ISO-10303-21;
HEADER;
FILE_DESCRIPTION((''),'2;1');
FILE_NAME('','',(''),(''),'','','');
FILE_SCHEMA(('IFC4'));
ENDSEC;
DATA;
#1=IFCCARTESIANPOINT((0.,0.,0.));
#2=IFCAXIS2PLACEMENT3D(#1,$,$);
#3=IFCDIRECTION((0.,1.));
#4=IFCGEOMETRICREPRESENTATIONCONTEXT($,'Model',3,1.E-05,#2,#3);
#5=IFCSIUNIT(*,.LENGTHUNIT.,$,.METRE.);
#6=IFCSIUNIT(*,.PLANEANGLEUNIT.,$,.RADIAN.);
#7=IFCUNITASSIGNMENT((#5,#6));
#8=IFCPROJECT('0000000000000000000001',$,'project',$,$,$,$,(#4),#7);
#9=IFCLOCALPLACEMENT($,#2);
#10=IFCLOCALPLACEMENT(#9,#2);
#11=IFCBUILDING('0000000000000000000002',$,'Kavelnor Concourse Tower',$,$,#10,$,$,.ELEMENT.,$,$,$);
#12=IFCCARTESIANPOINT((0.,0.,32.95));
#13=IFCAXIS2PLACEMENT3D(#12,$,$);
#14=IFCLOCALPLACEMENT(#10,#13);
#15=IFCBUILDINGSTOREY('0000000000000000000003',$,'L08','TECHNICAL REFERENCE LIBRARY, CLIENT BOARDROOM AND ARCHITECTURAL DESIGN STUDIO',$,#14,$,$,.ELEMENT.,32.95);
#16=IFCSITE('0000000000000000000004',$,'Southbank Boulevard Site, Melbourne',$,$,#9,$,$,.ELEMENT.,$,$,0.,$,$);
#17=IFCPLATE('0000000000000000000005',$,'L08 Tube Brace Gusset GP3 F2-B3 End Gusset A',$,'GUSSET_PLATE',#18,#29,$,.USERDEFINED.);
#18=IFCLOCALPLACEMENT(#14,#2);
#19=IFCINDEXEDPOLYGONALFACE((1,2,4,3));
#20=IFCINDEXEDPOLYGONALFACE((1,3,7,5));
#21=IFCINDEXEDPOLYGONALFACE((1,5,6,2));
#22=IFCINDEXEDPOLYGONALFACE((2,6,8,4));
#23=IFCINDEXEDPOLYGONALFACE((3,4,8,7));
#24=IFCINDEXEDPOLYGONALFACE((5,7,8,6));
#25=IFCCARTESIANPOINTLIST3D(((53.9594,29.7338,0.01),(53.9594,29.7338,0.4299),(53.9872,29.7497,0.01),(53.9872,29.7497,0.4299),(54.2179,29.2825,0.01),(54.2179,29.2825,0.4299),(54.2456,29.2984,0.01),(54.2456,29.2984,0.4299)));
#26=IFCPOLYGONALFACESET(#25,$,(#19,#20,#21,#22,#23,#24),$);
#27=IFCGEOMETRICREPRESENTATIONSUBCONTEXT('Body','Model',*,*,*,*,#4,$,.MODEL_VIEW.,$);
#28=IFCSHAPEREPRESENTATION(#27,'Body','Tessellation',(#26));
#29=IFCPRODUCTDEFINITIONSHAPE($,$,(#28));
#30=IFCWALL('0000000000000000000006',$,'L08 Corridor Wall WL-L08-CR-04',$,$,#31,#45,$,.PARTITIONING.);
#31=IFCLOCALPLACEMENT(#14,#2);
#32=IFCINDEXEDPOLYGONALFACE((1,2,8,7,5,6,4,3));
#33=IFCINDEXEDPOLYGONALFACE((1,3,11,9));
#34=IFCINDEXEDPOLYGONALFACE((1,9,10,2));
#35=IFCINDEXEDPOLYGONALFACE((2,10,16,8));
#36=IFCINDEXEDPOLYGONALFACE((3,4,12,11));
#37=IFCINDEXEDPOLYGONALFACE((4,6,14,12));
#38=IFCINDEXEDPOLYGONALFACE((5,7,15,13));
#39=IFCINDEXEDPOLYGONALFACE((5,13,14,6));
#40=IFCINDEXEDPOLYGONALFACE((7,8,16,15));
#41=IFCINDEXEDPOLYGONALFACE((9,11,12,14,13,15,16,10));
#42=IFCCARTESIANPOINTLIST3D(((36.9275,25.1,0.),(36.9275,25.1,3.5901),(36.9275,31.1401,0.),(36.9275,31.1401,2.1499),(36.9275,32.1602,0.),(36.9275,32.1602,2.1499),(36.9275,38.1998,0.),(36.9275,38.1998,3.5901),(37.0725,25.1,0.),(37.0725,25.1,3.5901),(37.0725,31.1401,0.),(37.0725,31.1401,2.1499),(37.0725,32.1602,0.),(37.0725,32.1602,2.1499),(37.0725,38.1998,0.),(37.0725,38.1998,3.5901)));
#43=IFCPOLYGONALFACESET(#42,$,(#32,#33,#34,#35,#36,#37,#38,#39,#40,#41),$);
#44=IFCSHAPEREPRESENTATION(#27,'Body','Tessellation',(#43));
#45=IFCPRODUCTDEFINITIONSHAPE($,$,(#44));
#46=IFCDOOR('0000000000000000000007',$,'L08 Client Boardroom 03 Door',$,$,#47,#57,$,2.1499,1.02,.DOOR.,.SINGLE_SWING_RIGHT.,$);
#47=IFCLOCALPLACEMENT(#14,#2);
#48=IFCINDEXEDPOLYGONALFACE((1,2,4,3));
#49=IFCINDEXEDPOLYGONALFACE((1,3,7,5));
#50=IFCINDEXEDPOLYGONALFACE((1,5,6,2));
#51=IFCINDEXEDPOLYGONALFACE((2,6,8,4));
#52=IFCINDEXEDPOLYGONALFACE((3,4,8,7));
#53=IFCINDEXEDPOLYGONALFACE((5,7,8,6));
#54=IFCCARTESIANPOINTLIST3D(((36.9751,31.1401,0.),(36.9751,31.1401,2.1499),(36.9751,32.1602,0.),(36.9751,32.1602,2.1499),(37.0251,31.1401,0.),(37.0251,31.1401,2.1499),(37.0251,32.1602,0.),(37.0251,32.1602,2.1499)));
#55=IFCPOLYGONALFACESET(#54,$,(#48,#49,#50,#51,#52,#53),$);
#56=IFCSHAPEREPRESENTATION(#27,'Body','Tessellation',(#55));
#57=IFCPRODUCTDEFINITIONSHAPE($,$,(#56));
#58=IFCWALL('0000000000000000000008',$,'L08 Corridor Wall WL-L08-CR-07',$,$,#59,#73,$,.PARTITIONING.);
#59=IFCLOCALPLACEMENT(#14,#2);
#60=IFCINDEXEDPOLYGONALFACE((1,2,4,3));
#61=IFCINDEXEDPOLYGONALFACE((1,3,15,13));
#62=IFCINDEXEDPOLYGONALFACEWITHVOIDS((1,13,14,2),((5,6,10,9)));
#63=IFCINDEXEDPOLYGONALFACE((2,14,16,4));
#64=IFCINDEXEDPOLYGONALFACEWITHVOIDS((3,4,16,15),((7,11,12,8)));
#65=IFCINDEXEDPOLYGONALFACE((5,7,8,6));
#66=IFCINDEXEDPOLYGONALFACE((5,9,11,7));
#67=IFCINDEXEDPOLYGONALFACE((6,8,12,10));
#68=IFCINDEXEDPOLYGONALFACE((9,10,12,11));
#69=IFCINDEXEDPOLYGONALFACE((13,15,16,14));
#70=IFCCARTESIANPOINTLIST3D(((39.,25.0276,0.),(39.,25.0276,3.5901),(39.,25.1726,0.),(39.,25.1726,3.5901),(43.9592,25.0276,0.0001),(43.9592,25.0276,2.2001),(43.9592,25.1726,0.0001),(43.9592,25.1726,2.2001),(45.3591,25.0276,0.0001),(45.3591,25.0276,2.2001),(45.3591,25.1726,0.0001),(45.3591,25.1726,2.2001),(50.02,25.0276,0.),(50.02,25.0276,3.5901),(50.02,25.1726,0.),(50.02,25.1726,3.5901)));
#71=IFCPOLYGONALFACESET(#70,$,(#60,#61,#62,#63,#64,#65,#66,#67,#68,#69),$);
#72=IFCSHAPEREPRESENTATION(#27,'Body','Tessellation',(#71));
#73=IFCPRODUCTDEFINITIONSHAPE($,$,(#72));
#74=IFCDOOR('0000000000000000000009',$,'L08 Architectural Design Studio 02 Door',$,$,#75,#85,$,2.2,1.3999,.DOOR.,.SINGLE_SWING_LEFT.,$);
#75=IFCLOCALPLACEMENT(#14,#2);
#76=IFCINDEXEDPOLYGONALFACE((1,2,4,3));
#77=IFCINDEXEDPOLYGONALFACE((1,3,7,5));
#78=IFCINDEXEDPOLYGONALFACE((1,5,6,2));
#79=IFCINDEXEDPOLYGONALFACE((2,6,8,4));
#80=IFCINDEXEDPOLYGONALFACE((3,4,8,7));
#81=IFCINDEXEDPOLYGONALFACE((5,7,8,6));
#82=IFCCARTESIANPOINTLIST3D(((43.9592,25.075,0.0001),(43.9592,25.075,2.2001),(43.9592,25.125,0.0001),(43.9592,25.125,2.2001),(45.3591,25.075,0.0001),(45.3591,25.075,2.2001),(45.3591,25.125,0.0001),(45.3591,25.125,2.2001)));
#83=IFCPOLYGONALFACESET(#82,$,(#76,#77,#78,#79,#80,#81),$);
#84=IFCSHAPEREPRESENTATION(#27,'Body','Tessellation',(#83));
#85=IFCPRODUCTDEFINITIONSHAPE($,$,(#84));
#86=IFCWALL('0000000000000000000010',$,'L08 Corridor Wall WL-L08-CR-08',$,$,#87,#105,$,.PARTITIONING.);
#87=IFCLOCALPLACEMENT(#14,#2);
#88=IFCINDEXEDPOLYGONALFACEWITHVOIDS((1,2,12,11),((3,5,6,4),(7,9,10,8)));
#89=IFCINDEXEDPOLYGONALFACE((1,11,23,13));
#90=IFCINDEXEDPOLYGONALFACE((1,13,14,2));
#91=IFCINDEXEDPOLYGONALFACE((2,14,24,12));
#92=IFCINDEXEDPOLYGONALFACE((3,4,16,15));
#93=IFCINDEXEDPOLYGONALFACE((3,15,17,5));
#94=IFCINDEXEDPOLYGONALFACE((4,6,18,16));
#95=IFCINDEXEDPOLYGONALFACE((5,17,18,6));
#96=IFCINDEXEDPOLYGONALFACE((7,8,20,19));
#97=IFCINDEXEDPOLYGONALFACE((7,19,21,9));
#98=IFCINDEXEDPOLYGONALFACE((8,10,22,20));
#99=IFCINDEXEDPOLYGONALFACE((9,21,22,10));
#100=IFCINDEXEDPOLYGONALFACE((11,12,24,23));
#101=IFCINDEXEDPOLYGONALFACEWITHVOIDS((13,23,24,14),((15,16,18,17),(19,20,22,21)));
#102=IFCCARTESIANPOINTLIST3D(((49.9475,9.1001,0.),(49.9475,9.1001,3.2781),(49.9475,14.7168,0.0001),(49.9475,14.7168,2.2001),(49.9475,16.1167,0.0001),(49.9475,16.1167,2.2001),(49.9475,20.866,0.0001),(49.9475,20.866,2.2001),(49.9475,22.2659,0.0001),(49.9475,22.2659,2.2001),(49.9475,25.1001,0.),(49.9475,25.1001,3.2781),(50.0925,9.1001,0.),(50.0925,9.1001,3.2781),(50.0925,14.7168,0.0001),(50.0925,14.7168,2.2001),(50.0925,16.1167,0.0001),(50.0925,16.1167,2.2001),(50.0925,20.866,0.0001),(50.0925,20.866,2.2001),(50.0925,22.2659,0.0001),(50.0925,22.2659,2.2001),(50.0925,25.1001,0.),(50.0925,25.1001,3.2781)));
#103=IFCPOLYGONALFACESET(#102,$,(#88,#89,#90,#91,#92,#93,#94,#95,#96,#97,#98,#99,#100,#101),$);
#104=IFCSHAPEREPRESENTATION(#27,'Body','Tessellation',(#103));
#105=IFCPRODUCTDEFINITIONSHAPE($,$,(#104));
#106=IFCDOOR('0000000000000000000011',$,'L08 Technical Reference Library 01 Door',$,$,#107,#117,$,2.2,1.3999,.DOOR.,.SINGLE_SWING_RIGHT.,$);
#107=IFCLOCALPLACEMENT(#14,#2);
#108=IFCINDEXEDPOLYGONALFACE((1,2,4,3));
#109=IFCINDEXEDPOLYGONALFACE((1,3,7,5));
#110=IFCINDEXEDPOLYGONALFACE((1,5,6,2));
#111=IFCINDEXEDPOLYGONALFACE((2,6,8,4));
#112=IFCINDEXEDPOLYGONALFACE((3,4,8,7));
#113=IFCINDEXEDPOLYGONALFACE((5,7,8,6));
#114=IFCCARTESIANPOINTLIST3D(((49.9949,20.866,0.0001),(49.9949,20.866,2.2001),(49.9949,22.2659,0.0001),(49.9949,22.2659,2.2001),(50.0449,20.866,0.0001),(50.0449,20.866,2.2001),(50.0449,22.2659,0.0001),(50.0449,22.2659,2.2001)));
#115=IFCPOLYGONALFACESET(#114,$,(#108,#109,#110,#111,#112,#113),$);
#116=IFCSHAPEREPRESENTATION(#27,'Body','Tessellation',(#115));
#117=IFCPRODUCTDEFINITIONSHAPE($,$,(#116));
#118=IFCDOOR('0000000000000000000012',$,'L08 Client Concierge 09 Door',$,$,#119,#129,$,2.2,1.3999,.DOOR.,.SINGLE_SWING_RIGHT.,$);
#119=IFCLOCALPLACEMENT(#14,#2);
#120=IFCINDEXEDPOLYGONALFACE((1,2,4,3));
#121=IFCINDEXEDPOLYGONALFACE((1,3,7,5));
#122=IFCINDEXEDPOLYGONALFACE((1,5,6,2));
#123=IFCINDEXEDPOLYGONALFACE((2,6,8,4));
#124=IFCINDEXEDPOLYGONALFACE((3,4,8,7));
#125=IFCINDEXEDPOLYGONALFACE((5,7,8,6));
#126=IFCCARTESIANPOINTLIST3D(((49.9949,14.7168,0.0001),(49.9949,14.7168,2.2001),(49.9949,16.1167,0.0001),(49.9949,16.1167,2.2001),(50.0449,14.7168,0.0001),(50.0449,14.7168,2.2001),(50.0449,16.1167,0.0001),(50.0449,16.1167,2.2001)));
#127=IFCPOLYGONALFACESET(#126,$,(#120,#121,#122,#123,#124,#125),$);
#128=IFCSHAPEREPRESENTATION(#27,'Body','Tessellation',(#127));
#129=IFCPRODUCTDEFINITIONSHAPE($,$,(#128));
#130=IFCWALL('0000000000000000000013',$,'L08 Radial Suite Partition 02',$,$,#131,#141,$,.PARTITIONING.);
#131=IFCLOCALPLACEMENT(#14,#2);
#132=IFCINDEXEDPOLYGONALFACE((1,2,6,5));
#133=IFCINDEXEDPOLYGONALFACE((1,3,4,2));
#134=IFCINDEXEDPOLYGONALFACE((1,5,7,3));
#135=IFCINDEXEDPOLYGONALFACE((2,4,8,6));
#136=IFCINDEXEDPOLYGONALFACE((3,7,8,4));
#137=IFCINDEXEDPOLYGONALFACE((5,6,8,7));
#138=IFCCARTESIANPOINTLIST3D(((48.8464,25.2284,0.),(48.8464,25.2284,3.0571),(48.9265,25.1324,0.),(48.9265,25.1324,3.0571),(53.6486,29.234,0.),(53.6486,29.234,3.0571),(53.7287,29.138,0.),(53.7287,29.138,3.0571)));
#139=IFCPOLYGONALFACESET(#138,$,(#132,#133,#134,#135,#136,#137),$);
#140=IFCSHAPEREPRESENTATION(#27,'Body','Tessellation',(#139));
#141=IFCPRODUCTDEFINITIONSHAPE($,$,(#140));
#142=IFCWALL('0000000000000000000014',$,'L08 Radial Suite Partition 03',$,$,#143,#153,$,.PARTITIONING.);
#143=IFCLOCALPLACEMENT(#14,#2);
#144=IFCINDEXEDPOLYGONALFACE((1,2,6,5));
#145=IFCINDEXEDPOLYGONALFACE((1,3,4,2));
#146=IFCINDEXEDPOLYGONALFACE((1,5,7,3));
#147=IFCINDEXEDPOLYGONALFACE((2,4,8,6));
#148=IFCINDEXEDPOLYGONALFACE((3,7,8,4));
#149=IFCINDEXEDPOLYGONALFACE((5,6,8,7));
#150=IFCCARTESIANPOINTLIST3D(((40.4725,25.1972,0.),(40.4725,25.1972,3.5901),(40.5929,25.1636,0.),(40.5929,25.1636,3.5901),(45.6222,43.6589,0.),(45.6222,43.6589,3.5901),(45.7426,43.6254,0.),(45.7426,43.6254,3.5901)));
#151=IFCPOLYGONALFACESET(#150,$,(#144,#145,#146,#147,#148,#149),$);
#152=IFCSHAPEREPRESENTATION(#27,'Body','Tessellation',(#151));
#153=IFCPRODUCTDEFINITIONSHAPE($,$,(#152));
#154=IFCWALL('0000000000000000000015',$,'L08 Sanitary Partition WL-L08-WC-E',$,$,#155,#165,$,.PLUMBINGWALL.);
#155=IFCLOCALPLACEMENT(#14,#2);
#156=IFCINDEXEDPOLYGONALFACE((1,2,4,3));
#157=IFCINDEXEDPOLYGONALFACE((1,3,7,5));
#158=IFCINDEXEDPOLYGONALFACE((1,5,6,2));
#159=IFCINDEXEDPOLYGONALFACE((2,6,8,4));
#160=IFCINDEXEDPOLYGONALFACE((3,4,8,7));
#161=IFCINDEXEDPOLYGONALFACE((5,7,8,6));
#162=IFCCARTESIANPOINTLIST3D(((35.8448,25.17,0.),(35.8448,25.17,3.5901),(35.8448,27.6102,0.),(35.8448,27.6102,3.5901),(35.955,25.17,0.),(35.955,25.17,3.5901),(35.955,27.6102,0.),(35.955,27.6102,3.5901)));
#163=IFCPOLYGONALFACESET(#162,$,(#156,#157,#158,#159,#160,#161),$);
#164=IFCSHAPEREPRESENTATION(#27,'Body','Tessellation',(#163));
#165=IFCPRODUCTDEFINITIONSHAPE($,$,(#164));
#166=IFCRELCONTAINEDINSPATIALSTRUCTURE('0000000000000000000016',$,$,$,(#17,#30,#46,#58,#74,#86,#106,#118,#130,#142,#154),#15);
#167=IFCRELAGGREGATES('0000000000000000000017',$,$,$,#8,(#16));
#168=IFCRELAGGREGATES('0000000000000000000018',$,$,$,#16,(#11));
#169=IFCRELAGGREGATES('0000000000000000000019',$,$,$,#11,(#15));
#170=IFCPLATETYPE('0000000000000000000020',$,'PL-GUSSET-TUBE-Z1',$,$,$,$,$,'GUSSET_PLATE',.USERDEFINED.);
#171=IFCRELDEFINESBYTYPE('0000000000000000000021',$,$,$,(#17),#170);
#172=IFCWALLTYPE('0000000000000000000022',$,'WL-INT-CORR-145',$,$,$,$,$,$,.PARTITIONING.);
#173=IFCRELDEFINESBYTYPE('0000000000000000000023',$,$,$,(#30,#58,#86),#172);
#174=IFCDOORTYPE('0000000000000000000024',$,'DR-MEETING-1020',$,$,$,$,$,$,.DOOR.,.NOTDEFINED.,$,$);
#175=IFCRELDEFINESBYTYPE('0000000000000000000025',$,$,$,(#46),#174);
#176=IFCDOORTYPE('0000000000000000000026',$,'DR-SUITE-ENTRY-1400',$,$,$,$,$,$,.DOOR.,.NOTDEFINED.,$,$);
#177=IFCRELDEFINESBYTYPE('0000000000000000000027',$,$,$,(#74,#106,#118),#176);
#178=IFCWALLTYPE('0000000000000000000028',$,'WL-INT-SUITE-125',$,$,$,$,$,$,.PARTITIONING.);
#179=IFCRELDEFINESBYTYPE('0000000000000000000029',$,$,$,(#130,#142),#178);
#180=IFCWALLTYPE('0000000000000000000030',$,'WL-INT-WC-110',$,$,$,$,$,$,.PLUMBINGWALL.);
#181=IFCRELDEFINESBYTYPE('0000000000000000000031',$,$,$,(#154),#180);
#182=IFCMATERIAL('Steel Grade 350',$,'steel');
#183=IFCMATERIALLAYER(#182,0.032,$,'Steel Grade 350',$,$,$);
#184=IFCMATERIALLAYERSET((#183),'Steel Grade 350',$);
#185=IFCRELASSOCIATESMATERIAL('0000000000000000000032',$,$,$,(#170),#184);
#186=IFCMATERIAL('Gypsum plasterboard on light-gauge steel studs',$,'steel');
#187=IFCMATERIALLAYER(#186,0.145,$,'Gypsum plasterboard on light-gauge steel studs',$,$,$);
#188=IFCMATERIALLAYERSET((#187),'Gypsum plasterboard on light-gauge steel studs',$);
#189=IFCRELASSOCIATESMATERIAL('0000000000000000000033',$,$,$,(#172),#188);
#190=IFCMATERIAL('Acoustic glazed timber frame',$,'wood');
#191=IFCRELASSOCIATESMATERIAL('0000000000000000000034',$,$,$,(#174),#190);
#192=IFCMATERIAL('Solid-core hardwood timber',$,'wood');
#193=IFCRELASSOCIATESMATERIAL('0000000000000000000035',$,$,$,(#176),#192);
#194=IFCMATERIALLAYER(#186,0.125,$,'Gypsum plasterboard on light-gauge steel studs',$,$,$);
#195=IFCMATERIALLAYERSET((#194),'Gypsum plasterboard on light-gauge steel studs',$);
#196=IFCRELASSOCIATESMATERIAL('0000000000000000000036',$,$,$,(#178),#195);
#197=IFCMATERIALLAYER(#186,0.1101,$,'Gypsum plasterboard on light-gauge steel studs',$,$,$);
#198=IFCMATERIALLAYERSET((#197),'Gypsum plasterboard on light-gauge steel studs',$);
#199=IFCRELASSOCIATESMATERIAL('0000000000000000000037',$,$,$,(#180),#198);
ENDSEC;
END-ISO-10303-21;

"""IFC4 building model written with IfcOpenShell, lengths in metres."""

from ifc_helpers import new_model, si_unit, direction, frame, frame_2d, origin, origin_2d, place, context, subcontext, project, spatial, rectangle, extrude, material, layer, layer_set, type_object, element, fill, save


model = new_model("IFC4")

# Units and contexts
model_context = context("Model", 3, precision=1e-05, world=origin(), true_north=direction((0.0, 1.0)))
body_context = subcontext(model_context, "Body", "Model", "MODEL_VIEW")
ifc_project = project(units=[si_unit("LENGTHUNIT", "METRE"), si_unit("PLANEANGLEUNIT", "RADIAN")], contexts=[model_context])

# Site, building, storey
site_placement = place(None, origin())
site = spatial("IfcSite", under=ifc_project, at=site_placement, Name="Southbank Boulevard Site, Melbourne", CompositionType="ELEMENT", RefElevation=0.0)
building_placement = place(site_placement, origin())
building = spatial("IfcBuilding", under=site, at=building_placement, Name="Kavelnor Concourse Tower", CompositionType="ELEMENT")
storey_placement = place(building_placement, frame((0.0, 0.0, 32.95)))
storey = spatial("IfcBuildingStorey", under=building, at=storey_placement, Name="L08", Description="TECHNICAL REFERENCE LIBRARY, CLIENT BOARDROOM AND ARCHITECTURAL DESIGN STUDIO", CompositionType="ELEMENT", Elevation=32.95)

# Shared definitions
ifc_material_1 = material(Name="Steel Grade 350", Category="steel")

# Plate
ifc_layer_1 = layer(ifc_material_1, 0.032, Name="Steel Grade 350")
ifc_layer_set_1 = layer_set([ifc_layer_1], Name="Steel Grade 350")
plate_type = type_object("IfcPlateType", Name="PL-GUSSET-TUBE-Z1", ElementType="GUSSET_PLATE", PredefinedType="USERDEFINED", material=ifc_layer_set_1)
plate_placement = place(storey_placement, frame((54.1025, 29.5161, 0.01), z_axis=(0.0, 0.0, 1.0), x_axis=(-0.496974, 0.867765, 0.0)))
element("IfcPlate", 1, at=plate_placement, inside=storey, type_object=plate_type, Name="L08 Tube Brace Gusset GP3 F2-B3 End Gusset A", ObjectType="GUSSET_PLATE", PredefinedType="USERDEFINED", context=body_context, shape_type="SweptSolid", body=[
    extrude(rectangle(XDim=0.52, YDim=0.032, at=origin_2d()), origin(), (0.0, 0.0, 1.0), 0.4199),
])

# Walls, openings, doors
ifc_material_2 = material(Name="Gypsum plasterboard on light-gauge steel studs", Category="steel")
ifc_layer_2 = layer(ifc_material_2, 0.145, Name="Gypsum plasterboard on light-gauge steel studs")
ifc_layer_set_2 = layer_set([ifc_layer_2], Name="Gypsum plasterboard on light-gauge steel studs")
wall_type_1 = type_object("IfcWallType", Name="WL-INT-CORR-145", PredefinedType="PARTITIONING", material=ifc_layer_set_2)
wall_1_placement = place(storey_placement, frame((37.0, 25.1001, 0.0), z_axis=(0.0, 0.0, 1.0), x_axis=(0.0, 1.0, 0.0)))
wall_1 = element("IfcWall", 2, at=wall_1_placement, inside=storey, type_object=wall_type_1, Name="L08 Corridor Wall WL-L08-CR-04", PredefinedType="PARTITIONING", context=body_context, shape_type="SweptSolid", body=[
    extrude(rectangle(XDim=13.0999, YDim=0.145, at=frame_2d((6.5498, 0.0))), origin(), (0.0, 0.0, 1.0), 3.5901),
])
opening_1_placement = place(wall_1_placement, frame((6.04, 0.0, 0.0)))
opening_1 = element("IfcOpeningElement", 3, at=opening_1_placement, cuts=wall_1, PredefinedType="OPENING", context=body_context, shape_type="SweptSolid", body=[
    extrude(rectangle(XDim=1.02, YDim=2.1499, at=frame_2d((0.51, 1.075))), frame((0.0, 0.0825, 0.0), z_axis=(0.0, -1.0, 0.0), x_axis=(1.0, 0.0, 0.0)), (0.0, 0.0, 1.0), 0.165),
])
ifc_material_3 = material(Name="Acoustic glazed timber frame", Category="wood")
door_type_1 = type_object("IfcDoorType", Name="DR-MEETING-1020", OperationType="NOTDEFINED", PredefinedType="DOOR", material=ifc_material_3)
door_1_placement = place(opening_1_placement, origin())
door_1 = element("IfcDoor", 4, at=door_1_placement, inside=storey, type_object=door_type_1, Name="L08 Client Boardroom 03 Door", OperationType="SINGLE_SWING_RIGHT", OverallHeight=2.1499, OverallWidth=1.02, PredefinedType="DOOR", context=body_context, shape_type="SweptSolid", body=[
    extrude(rectangle(XDim=1.02, YDim=2.1499, at=frame_2d((0.51, 1.075))), frame((0.0, 0.0249, 0.0), z_axis=(0.0, -1.0, 0.0), x_axis=(1.0, 0.0, 0.0)), (0.0, 0.0, 1.0), 0.05),
])
fill(opening_1, door_1)
wall_2_placement = place(storey_placement, frame((39.0, 25.1001, 0.0), z_axis=(0.0, 0.0, 1.0), x_axis=(1.0, 0.0, 0.0)))
wall_2 = element("IfcWall", 5, at=wall_2_placement, inside=storey, type_object=wall_type_1, Name="L08 Corridor Wall WL-L08-CR-07", PredefinedType="PARTITIONING", context=body_context, shape_type="SweptSolid", body=[
    extrude(rectangle(XDim=11.02, YDim=0.145, at=frame_2d((5.51, 0.0))), origin(), (0.0, 0.0, 1.0), 3.5901),
])
opening_2_placement = place(wall_2_placement, frame((4.9592, 0.0, 0.0)))
opening_2 = element("IfcOpeningElement", 6, at=opening_2_placement, cuts=wall_2, PredefinedType="OPENING", context=body_context, shape_type="SweptSolid", body=[
    extrude(rectangle(XDim=1.3999, YDim=2.2, at=frame_2d((0.7, 1.1001))), frame((0.0, 0.0825, 0.0), z_axis=(0.0, -1.0, 0.0), x_axis=(1.0, 0.0, 0.0)), (0.0, 0.0, 1.0), 0.165),
])
ifc_material_4 = material(Name="Solid-core hardwood timber", Category="wood")
door_type_2 = type_object("IfcDoorType", Name="DR-SUITE-ENTRY-1400", OperationType="NOTDEFINED", PredefinedType="DOOR", material=ifc_material_4)
door_2_placement = place(opening_2_placement, origin())
door_2 = element("IfcDoor", 7, at=door_2_placement, inside=storey, type_object=door_type_2, Name="L08 Architectural Design Studio 02 Door", OperationType="SINGLE_SWING_LEFT", OverallHeight=2.2, OverallWidth=1.3999, PredefinedType="DOOR", context=body_context, shape_type="SweptSolid", body=[
    extrude(rectangle(XDim=1.3999, YDim=2.2, at=frame_2d((0.7, 1.1001))), frame((0.0, 0.0249, 0.0), z_axis=(0.0, -1.0, 0.0), x_axis=(1.0, 0.0, 0.0)), (0.0, 0.0, 1.0), 0.05),
])
fill(opening_2, door_2)

# Wall, openings, doors
wall_3_placement = place(storey_placement, frame((50.02, 25.1001, 0.0), z_axis=(0.0, 0.0, 1.0), x_axis=(0.0, -1.0, 0.0)))
wall_3 = element("IfcWall", 8, at=wall_3_placement, inside=storey, type_object=wall_type_1, Name="L08 Corridor Wall WL-L08-CR-08", PredefinedType="PARTITIONING", context=body_context, shape_type="SweptSolid", body=[
    extrude(rectangle(XDim=16.0, YDim=0.145, at=frame_2d((8.0, 0.0))), origin(), (0.0, 0.0, 1.0), 3.2781),
])
opening_3_placement = place(wall_3_placement, frame((2.8342, 0.0, 0.0)))
opening_3 = element("IfcOpeningElement", 9, at=opening_3_placement, cuts=wall_3, PredefinedType="OPENING", context=body_context, shape_type="SweptSolid", body=[
    extrude(rectangle(XDim=1.3999, YDim=2.2, at=frame_2d((0.7, 1.1001))), frame((0.0, 0.0825, 0.0), z_axis=(0.0, -1.0, 0.0), x_axis=(1.0, 0.0, 0.0)), (0.0, 0.0, 1.0), 0.165),
])
opening_4_placement = place(wall_3_placement, frame((8.9834, 0.0, 0.0)))
opening_4 = element("IfcOpeningElement", 10, at=opening_4_placement, cuts=wall_3, PredefinedType="OPENING", context=body_context, shape_type="SweptSolid", body=[
    extrude(rectangle(XDim=1.3999, YDim=2.2, at=frame_2d((0.7, 1.1001))), frame((0.0, 0.0825, 0.0), z_axis=(0.0, -1.0, 0.0), x_axis=(1.0, 0.0, 0.0)), (0.0, 0.0, 1.0), 0.165),
])
door_3_placement = place(opening_3_placement, origin())
door_3 = element("IfcDoor", 11, at=door_3_placement, inside=storey, type_object=door_type_2, Name="L08 Technical Reference Library 01 Door", OperationType="SINGLE_SWING_RIGHT", OverallHeight=2.2, OverallWidth=1.3999, PredefinedType="DOOR", context=body_context, shape_type="SweptSolid", body=[
    extrude(rectangle(XDim=1.3999, YDim=2.2, at=frame_2d((0.7, 1.1001))), frame((0.0, 0.0249, 0.0), z_axis=(0.0, -1.0, 0.0), x_axis=(1.0, 0.0, 0.0)), (0.0, 0.0, 1.0), 0.05),
])
fill(opening_3, door_3)
door_4_placement = place(opening_4_placement, origin())
door_4 = element("IfcDoor", 12, at=door_4_placement, inside=storey, type_object=door_type_2, Name="L08 Client Concierge 09 Door", OperationType="SINGLE_SWING_RIGHT", OverallHeight=2.2, OverallWidth=1.3999, PredefinedType="DOOR", context=body_context, shape_type="SweptSolid", body=[
    extrude(rectangle(XDim=1.3999, YDim=2.2, at=frame_2d((0.7, 1.1001))), frame((0.0, 0.0249, 0.0), z_axis=(0.0, -1.0, 0.0), x_axis=(1.0, 0.0, 0.0)), (0.0, 0.0, 1.0), 0.05),
])
fill(opening_4, door_4)

# Walls
ifc_layer_3 = layer(ifc_material_2, 0.125, Name="Gypsum plasterboard on light-gauge steel studs")
ifc_layer_set_3 = layer_set([ifc_layer_3], Name="Gypsum plasterboard on light-gauge steel studs")
wall_type_2 = type_object("IfcWallType", Name="WL-INT-SUITE-125", PredefinedType="PARTITIONING", material=ifc_layer_set_3)
wall_4_placement = place(storey_placement, frame((48.8865, 25.1804, 0.0), z_axis=(0.0, 0.0, 1.0), x_axis=(0.767927, 0.640538, 0.0)))
element("IfcWall", 13, at=wall_4_placement, inside=storey, type_object=wall_type_2, Name="L08 Radial Suite Partition 02", PredefinedType="PARTITIONING", context=body_context, shape_type="SweptSolid", body=[
    extrude(rectangle(XDim=6.2534, YDim=0.125, at=frame_2d((3.1267, 0.0))), origin(), (0.0, 0.0, 1.0), 3.0571),
])
wall_5_placement = place(storey_placement, frame((40.5327, 25.1804, 0.0), z_axis=(0.0, 0.0, 1.0), x_axis=(0.268681, 0.963229, 0.0)))
element("IfcWall", 14, at=wall_5_placement, inside=storey, type_object=wall_type_2, Name="L08 Radial Suite Partition 03", PredefinedType="PARTITIONING", context=body_context, shape_type="SweptSolid", body=[
    extrude(rectangle(XDim=19.1665, YDim=0.125, at=frame_2d((9.5833, 0.0))), origin(), (0.0, 0.0, 1.0), 3.5901),
])
ifc_layer_4 = layer(ifc_material_2, 0.1101, Name="Gypsum plasterboard on light-gauge steel studs")
ifc_layer_set_4 = layer_set([ifc_layer_4], Name="Gypsum plasterboard on light-gauge steel studs")
wall_type_3 = type_object("IfcWallType", Name="WL-INT-WC-110", PredefinedType="PLUMBINGWALL", material=ifc_layer_set_4)
wall_6_placement = place(storey_placement, frame((35.8999, 25.1699, 0.0), z_axis=(0.0, 0.0, 1.0), x_axis=(0.0, 1.0, 0.0)))
element("IfcWall", 15, at=wall_6_placement, inside=storey, type_object=wall_type_3, Name="L08 Sanitary Partition WL-L08-WC-E", PredefinedType="PLUMBINGWALL", context=body_context, shape_type="SweptSolid", body=[
    extrude(rectangle(XDim=2.4402, YDim=0.1101, at=frame_2d((1.2202, 0.0))), origin(), (0.0, 0.0, 1.0), 3.5901),
])

save(model, "model.ifc")
